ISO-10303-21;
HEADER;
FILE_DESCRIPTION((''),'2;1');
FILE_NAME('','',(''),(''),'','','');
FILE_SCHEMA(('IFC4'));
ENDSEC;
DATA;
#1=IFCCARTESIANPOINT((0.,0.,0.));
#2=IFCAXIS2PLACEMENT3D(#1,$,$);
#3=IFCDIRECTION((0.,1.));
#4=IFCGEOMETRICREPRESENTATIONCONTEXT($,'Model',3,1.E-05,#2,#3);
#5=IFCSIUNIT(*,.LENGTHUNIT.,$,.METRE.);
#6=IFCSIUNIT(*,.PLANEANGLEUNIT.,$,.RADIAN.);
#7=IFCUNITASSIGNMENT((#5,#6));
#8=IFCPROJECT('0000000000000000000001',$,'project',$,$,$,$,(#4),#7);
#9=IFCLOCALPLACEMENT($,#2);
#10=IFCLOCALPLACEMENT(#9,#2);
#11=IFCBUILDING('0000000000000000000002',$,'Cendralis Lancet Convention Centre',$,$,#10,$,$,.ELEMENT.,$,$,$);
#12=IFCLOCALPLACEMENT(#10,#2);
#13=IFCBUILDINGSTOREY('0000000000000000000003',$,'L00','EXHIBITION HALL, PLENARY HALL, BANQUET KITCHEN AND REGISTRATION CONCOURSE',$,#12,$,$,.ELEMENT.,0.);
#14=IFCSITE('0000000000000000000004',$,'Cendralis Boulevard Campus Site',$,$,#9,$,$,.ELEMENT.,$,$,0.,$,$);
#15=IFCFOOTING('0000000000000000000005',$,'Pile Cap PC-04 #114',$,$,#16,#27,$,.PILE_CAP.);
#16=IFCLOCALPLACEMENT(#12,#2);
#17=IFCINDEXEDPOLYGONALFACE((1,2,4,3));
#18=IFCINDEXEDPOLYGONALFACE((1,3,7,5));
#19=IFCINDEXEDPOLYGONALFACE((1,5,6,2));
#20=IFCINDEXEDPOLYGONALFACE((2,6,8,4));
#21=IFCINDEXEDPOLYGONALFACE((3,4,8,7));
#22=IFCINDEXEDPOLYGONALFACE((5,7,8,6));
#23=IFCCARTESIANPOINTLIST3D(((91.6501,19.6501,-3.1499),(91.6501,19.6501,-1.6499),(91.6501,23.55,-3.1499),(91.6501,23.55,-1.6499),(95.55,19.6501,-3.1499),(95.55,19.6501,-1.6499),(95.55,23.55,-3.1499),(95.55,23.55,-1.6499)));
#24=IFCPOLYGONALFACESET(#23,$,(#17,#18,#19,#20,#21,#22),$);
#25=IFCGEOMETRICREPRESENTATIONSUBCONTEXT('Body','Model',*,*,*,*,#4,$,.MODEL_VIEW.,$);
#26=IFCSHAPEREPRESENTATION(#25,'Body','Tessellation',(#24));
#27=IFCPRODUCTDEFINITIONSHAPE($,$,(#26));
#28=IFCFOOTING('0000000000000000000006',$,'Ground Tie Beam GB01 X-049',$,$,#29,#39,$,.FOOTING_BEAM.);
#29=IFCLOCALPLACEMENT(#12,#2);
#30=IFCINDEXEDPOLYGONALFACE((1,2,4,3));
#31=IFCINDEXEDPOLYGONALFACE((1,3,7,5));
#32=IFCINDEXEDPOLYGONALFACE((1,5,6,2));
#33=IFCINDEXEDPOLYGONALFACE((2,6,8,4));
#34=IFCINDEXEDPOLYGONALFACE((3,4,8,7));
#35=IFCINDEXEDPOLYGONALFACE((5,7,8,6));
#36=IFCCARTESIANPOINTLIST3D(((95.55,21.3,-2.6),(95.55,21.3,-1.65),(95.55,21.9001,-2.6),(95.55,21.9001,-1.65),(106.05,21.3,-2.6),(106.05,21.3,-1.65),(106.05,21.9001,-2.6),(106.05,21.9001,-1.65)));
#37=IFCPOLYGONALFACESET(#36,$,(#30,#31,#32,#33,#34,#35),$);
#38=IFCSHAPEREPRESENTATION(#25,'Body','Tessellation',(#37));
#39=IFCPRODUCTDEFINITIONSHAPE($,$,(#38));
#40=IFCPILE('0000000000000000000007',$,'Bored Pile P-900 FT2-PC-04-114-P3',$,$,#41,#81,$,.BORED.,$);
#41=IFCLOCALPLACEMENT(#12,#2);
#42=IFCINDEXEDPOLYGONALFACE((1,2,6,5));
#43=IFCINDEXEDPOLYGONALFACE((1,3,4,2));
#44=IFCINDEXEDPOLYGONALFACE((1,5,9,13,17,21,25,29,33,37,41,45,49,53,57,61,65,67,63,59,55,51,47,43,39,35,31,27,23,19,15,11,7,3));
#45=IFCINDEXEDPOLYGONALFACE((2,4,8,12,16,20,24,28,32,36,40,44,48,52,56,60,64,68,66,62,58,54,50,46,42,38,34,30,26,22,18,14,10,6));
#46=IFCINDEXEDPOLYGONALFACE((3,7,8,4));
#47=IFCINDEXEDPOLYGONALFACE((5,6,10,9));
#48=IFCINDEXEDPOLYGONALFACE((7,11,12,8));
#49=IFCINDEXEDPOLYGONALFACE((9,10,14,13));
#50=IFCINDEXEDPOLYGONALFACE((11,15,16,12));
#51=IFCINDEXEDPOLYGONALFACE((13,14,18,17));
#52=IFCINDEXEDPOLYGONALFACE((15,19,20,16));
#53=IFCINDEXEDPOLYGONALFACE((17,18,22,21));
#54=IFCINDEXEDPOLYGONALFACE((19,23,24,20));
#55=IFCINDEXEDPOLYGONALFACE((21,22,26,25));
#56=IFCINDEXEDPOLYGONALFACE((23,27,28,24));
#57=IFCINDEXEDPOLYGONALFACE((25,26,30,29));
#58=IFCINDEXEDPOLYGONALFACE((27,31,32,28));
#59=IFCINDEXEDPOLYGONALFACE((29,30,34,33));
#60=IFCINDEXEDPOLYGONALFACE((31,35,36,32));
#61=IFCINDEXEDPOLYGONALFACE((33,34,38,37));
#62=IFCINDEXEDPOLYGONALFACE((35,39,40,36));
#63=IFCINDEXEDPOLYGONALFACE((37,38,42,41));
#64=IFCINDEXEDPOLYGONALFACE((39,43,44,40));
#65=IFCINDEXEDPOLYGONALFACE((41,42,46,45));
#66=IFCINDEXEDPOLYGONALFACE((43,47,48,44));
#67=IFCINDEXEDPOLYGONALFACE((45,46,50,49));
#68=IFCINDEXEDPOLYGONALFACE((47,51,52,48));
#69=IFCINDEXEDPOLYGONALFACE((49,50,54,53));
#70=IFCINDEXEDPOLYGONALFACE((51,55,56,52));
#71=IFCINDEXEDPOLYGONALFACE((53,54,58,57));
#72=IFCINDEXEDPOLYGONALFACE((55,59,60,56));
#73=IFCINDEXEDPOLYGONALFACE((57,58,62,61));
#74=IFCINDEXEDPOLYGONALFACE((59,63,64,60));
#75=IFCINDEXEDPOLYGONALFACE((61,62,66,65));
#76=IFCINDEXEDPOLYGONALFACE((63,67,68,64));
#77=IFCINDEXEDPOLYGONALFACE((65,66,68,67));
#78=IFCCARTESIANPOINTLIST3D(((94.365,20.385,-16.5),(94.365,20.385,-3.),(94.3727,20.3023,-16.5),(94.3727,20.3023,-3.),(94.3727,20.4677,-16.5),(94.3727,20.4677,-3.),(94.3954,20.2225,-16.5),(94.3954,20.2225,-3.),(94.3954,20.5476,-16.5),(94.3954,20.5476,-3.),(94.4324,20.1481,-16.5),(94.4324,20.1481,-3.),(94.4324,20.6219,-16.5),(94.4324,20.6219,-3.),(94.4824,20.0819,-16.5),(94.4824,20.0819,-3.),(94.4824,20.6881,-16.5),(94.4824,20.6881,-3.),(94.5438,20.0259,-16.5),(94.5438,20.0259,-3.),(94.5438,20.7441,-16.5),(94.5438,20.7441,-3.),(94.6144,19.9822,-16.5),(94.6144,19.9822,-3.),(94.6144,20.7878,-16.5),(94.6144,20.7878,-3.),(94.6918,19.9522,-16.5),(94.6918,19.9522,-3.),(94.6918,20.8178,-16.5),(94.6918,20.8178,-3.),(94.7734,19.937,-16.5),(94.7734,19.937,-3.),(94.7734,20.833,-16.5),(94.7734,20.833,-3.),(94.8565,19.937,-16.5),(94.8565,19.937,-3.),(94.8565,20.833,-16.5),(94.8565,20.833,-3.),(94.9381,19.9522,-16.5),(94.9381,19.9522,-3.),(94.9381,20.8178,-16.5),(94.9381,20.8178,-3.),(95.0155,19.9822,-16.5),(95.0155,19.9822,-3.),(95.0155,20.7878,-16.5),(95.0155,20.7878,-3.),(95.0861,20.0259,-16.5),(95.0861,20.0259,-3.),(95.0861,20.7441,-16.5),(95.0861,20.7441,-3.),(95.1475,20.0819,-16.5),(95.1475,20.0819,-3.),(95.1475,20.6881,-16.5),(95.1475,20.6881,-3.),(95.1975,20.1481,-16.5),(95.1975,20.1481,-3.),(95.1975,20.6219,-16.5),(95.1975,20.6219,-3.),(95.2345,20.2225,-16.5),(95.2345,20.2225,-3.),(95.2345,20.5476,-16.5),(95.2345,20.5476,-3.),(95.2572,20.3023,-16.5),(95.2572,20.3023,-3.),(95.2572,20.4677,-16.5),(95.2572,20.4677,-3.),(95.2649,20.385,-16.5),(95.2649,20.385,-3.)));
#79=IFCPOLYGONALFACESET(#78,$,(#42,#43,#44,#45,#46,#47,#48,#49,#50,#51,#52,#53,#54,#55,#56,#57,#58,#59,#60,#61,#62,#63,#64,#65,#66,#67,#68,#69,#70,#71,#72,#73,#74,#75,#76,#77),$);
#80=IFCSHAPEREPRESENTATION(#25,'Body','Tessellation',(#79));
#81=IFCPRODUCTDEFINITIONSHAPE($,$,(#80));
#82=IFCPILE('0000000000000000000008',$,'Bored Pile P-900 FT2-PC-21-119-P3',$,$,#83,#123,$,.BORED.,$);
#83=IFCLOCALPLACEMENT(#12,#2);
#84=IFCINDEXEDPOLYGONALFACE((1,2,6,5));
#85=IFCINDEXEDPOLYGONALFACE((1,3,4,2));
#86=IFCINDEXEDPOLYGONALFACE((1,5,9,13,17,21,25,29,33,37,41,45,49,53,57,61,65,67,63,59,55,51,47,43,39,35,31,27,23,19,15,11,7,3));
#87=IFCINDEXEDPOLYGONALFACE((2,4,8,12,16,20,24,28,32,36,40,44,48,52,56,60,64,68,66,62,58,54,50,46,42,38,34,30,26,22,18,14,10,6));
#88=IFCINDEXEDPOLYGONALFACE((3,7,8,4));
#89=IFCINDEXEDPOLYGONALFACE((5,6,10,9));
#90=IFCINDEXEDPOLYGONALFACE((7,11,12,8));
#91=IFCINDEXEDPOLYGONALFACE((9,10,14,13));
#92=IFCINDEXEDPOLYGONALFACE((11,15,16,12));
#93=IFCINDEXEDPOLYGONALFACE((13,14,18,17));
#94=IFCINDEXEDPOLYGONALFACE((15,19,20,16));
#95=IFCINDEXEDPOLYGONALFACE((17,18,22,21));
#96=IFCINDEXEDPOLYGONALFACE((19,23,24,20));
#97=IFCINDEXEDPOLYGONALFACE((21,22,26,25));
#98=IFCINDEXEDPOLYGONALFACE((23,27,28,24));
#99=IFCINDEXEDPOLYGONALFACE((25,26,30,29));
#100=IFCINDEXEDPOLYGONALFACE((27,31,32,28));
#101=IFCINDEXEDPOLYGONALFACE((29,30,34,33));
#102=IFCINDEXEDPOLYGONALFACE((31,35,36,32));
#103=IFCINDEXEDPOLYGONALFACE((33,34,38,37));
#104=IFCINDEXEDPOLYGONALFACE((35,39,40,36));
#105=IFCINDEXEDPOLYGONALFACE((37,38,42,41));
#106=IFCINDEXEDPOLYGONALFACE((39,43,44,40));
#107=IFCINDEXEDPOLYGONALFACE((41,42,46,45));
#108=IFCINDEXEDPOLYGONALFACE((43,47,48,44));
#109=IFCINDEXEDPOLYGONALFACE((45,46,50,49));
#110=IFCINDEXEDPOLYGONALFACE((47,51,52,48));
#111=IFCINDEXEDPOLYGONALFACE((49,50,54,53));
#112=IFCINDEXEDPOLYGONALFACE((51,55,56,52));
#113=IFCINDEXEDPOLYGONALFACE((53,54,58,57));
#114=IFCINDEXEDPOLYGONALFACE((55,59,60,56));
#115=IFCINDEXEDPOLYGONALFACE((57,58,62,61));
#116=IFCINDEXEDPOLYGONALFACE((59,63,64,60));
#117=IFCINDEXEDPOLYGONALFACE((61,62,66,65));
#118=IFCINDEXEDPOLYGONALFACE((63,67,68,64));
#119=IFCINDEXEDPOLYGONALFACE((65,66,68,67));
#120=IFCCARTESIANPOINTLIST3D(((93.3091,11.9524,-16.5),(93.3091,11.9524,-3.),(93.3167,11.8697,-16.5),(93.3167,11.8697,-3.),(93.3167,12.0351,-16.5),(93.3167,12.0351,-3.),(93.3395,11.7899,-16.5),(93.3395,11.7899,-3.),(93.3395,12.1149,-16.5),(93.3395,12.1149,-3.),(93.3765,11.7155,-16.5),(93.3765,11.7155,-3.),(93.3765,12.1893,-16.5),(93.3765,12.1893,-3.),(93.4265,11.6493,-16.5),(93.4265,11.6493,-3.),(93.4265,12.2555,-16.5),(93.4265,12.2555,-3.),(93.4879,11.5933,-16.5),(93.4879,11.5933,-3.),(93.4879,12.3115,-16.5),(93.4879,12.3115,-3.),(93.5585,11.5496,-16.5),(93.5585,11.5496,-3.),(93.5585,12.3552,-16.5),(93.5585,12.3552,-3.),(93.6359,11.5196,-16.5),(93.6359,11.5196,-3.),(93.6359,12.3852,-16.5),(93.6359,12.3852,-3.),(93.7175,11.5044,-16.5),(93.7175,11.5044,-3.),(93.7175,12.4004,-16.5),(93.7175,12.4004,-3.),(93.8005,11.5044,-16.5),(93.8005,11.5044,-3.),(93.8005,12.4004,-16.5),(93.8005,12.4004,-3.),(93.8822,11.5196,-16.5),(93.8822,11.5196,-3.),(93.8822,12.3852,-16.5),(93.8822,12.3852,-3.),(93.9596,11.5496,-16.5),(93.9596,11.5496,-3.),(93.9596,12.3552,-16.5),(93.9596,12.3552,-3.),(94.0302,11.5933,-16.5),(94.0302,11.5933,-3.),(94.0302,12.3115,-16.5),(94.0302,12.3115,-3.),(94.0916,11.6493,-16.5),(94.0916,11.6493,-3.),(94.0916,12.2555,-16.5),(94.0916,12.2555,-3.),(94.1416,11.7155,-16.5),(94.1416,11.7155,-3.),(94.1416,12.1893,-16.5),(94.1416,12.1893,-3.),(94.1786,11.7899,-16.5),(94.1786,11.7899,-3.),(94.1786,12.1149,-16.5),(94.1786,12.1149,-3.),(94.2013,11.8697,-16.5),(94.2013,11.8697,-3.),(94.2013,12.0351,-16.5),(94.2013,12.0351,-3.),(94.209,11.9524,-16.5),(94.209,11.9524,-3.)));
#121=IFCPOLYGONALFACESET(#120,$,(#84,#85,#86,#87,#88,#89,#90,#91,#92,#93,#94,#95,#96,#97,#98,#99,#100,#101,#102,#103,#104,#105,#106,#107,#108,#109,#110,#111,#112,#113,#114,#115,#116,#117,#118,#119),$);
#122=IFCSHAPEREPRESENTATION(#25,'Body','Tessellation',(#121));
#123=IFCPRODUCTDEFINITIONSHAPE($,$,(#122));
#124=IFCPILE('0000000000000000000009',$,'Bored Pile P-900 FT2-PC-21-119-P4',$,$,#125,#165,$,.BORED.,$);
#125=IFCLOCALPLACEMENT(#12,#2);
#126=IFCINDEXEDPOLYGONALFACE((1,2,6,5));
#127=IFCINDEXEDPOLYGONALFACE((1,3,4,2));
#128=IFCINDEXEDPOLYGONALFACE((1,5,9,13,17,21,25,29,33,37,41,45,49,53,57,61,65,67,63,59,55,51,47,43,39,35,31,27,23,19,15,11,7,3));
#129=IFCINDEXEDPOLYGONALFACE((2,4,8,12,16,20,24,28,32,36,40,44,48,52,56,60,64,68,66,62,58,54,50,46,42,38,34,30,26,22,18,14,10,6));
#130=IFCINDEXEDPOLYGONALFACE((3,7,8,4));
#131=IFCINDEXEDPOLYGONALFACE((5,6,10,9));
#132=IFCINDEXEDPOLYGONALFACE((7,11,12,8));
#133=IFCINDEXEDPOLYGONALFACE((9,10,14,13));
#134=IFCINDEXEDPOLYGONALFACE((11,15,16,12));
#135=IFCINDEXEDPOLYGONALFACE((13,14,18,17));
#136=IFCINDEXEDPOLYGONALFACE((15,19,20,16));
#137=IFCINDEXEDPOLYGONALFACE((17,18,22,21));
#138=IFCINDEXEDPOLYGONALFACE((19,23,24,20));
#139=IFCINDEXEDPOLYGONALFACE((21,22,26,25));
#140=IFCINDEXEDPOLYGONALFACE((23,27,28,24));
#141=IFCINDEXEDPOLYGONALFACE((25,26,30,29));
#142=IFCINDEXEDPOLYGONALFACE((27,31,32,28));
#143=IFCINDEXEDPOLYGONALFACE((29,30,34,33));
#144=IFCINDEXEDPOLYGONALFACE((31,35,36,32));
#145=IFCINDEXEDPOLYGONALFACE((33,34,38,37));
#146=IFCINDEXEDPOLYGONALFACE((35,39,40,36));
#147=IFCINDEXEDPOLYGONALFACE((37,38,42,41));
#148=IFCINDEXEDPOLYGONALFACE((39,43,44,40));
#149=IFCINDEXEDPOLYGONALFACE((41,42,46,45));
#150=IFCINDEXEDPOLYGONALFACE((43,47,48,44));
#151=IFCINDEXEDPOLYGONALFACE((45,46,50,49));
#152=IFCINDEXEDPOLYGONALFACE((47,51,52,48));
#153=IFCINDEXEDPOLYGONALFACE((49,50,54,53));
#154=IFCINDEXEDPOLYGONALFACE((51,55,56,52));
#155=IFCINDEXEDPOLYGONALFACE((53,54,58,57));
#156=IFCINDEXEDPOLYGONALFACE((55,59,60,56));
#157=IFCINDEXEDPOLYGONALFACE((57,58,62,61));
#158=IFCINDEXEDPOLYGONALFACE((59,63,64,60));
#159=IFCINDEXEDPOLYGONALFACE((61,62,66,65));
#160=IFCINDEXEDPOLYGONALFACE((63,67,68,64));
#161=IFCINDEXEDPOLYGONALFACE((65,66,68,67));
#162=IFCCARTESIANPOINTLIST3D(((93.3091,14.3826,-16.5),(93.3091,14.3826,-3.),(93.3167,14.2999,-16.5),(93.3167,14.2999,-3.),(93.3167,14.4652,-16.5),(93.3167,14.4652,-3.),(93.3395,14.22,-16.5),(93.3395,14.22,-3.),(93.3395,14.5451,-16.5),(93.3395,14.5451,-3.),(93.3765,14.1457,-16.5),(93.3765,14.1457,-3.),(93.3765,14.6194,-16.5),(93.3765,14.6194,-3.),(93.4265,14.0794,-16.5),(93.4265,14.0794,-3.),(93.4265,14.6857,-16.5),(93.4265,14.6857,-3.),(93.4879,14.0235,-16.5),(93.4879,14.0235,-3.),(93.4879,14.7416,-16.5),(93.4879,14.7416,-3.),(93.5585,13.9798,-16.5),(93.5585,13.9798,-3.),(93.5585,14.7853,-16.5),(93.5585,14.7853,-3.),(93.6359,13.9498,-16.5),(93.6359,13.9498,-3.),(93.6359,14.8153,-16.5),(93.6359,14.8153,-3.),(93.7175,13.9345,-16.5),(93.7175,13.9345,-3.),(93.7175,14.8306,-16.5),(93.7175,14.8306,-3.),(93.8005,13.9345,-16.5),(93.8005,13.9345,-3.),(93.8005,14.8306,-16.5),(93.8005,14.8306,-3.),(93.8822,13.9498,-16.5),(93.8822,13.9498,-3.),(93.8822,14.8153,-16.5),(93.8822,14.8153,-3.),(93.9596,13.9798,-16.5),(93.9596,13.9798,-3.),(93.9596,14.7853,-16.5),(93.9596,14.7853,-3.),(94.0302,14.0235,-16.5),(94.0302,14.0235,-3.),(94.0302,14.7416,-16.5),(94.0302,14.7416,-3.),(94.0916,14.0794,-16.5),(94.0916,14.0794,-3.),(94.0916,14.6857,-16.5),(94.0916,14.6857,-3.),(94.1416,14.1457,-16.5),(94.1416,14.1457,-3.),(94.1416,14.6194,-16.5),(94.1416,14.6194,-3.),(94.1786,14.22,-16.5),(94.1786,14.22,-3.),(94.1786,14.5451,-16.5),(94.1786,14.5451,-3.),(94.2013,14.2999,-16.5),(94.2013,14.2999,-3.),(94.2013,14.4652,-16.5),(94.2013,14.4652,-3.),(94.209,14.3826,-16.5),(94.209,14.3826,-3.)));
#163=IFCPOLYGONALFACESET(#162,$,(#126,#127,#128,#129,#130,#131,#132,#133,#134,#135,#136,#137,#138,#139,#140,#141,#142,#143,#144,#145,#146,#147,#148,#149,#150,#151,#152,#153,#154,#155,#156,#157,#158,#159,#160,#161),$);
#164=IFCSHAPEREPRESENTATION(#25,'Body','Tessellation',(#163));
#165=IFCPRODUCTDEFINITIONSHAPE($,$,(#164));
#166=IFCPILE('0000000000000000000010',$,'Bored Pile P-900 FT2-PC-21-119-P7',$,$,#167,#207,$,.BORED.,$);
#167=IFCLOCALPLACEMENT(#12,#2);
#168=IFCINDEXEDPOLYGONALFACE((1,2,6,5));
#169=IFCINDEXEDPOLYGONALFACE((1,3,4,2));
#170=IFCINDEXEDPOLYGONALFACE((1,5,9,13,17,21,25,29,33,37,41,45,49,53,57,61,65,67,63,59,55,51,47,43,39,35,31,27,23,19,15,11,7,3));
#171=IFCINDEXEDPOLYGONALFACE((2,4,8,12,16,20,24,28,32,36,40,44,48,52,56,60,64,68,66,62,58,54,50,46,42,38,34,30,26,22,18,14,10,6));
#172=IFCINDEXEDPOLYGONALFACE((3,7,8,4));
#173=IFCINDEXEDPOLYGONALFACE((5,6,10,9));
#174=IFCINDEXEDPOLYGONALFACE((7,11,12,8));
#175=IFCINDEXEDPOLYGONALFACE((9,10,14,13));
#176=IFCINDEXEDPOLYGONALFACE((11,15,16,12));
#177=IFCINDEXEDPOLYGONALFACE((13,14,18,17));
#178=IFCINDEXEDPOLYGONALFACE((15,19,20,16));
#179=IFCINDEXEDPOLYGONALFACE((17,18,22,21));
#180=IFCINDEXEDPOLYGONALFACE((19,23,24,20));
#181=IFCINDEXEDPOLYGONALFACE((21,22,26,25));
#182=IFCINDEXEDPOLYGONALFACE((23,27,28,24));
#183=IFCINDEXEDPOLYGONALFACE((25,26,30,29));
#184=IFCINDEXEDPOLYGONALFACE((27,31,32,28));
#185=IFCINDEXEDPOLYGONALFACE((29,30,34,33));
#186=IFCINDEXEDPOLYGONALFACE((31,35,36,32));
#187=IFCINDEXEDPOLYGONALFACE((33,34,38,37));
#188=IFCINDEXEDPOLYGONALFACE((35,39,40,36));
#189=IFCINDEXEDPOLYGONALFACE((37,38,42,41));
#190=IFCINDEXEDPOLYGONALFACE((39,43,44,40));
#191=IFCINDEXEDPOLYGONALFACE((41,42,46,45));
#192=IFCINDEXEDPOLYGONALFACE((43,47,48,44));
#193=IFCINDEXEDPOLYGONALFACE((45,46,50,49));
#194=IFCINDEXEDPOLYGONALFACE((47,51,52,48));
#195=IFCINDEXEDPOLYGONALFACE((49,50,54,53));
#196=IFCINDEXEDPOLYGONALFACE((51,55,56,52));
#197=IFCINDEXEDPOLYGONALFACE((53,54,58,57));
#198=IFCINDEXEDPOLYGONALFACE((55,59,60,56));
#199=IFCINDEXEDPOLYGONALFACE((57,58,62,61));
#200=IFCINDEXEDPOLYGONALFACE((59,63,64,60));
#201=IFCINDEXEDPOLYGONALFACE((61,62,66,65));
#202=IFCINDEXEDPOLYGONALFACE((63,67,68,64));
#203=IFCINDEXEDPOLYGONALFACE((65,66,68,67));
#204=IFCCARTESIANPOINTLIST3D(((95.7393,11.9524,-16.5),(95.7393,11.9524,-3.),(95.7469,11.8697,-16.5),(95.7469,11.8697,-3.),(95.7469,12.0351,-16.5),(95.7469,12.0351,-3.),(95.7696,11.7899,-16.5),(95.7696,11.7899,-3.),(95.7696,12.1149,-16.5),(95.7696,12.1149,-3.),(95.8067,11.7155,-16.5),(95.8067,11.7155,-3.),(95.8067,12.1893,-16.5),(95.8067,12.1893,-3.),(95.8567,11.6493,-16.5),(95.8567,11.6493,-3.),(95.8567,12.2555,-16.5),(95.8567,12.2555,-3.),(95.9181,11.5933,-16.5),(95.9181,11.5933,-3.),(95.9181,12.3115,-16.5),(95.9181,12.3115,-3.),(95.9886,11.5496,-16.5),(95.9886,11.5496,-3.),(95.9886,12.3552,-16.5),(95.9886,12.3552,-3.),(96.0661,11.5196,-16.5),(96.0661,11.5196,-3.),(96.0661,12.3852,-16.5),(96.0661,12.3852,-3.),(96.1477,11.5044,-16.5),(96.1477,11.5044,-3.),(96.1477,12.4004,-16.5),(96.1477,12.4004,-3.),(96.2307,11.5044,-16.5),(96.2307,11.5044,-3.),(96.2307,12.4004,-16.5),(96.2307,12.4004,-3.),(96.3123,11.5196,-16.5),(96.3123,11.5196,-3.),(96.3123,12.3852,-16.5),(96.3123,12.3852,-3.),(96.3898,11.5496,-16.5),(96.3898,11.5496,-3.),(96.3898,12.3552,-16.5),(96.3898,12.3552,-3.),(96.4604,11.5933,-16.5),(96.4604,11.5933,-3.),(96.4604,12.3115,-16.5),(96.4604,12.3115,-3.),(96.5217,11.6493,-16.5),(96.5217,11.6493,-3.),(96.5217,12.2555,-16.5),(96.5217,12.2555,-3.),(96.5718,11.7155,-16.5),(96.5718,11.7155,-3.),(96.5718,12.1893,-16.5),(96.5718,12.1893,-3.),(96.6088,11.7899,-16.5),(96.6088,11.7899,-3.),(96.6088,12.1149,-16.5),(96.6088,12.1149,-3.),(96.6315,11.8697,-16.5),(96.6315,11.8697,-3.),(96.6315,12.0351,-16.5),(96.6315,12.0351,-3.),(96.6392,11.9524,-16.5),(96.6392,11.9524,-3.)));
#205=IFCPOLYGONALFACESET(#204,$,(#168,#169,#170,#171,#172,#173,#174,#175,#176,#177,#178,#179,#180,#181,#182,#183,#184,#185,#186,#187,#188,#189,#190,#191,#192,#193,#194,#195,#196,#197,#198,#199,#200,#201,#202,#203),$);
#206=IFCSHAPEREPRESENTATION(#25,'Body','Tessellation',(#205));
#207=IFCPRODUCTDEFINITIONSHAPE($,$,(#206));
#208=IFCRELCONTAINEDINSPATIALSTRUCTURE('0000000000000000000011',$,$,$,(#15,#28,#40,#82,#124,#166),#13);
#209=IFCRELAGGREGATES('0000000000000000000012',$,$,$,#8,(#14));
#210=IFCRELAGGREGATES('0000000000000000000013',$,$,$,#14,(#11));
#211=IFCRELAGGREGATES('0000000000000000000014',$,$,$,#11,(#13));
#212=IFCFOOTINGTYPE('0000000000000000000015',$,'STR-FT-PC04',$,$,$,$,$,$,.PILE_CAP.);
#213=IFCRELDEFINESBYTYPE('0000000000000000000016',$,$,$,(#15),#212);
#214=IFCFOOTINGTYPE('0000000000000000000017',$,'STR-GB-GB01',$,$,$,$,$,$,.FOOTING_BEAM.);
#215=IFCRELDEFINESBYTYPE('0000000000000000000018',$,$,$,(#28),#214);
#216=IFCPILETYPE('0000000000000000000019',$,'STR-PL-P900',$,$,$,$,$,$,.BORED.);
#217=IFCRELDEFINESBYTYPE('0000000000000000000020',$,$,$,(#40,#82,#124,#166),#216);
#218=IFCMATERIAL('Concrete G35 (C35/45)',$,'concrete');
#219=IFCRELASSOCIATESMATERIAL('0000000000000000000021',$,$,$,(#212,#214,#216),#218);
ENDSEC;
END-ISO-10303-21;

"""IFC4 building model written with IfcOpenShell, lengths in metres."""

from ifc_helpers import new_model, si_unit, direction, frame, origin, origin_2d, place, context, subcontext, project, spatial, rectangle, circle, extrude, material, material_profile, profile_set, type_object, element, save


model = new_model("IFC4")

# Units and contexts
model_context = context("Model", 3, precision=1e-05, world=origin(), true_north=direction((0.0, 1.0)))
body_context = subcontext(model_context, "Body", "Model", "MODEL_VIEW")
ifc_project = project(units=[si_unit("LENGTHUNIT", "METRE"), si_unit("PLANEANGLEUNIT", "RADIAN")], contexts=[model_context])

# Site, building, storey
site_placement = place(None, origin())
site = spatial("IfcSite", under=ifc_project, at=site_placement, Name="Cendralis Boulevard Campus Site", CompositionType="ELEMENT", RefElevation=0.0)
building_placement = place(site_placement, origin())
building = spatial("IfcBuilding", under=site, at=building_placement, Name="Cendralis Lancet Convention Centre", CompositionType="ELEMENT")
storey_placement = place(building_placement, origin())
storey = spatial("IfcBuildingStorey", under=building, at=storey_placement, Name="L00", Description="EXHIBITION HALL, PLENARY HALL, BANQUET KITCHEN AND REGISTRATION CONCOURSE", CompositionType="ELEMENT", Elevation=0.0)

# Footings
ifc_material_1 = material(Name="Concrete G35 (C35/45)", Category="concrete")
footing_type_1 = type_object("IfcFootingType", Name="STR-FT-PC04", PredefinedType="PILE_CAP", material=ifc_material_1)
footing_1_placement = place(storey_placement, frame((93.6001, 21.6001, -3.1499), z_axis=(0.0, 0.0, 1.0), x_axis=(1.0, 0.0, 0.0)))
element("IfcFooting", 1, at=footing_1_placement, inside=storey, type_object=footing_type_1, Name="Pile Cap PC-04 #114", PredefinedType="PILE_CAP", context=body_context, shape_type="SweptSolid", body=[
    extrude(rectangle(XDim=3.8999, YDim=3.8999, at=origin_2d()), origin(), (0.0, 0.0, 1.0), 1.5),
])
ifc_material_profile_1 = material_profile(ifc_material_1, rectangle(XDim=0.6001, YDim=0.95, at=origin_2d()), Name="RCB 600x950")
ifc_profile_set_1 = profile_set([ifc_material_profile_1], Name="Concrete G35 (C35/45)")
footing_type_2 = type_object("IfcFootingType", Name="STR-GB-GB01", PredefinedType="FOOTING_BEAM", material=ifc_profile_set_1)
footing_2_placement = place(storey_placement, frame((95.55, 21.6001, -2.125), z_axis=(1.0, 0.0, 0.0), x_axis=(0.0, 1.0, 0.0)))
element("IfcFooting", 2, at=footing_2_placement, inside=storey, type_object=footing_type_2, Name="Ground Tie Beam GB01 X-049", PredefinedType="FOOTING_BEAM", context=body_context, shape_type="SweptSolid", body=[
    extrude(rectangle(XDim=0.6001, YDim=0.95, at=origin_2d()), origin(), (0.0, 0.0, 1.0), 10.5),
])

# Piles
ifc_material_profile_2 = material_profile(ifc_material_1, circle(Radius=0.45, at=origin_2d()), Name="BORED PILE D900")
ifc_profile_set_2 = profile_set([ifc_material_profile_2], Name="Concrete G35 (C35/45)")
pile_type = type_object("IfcPileType", Name="STR-PL-P900", PredefinedType="BORED", material=ifc_profile_set_2)
for number, where, z_axis, x_axis, name in (
    (3, (94.8149, 20.385, -3.0), (0.0, 0.0, -1.0), (1.0, 0.0, 0.0), "Bored Pile P-900 FT2-PC-04-114-P3"),
    (4, (93.759, 11.9524, -3.0), (0.0, 0.0, -1.0), (1.0, 0.0, 0.0), "Bored Pile P-900 FT2-PC-21-119-P3"),
    (5, (93.759, 14.3826, -3.0), (0.0, 0.0, -1.0), (1.0, 0.0, 0.0), "Bored Pile P-900 FT2-PC-21-119-P4"),
    (6, (96.1892, 11.9524, -3.0), (0.0, 0.0, -1.0), (1.0, 0.0, 0.0), "Bored Pile P-900 FT2-PC-21-119-P7"),
):
    element("IfcPile", number, at=place(storey_placement, frame(where, z_axis=z_axis, x_axis=x_axis)), inside=storey, type_object=pile_type, Name=name, PredefinedType="BORED", context=body_context, shape_type="SweptSolid", body=[
        extrude(circle(Radius=0.45, at=origin_2d()), origin(), (0.0, 0.0, 1.0), 13.5),
    ])

save(model, "model.ifc")
